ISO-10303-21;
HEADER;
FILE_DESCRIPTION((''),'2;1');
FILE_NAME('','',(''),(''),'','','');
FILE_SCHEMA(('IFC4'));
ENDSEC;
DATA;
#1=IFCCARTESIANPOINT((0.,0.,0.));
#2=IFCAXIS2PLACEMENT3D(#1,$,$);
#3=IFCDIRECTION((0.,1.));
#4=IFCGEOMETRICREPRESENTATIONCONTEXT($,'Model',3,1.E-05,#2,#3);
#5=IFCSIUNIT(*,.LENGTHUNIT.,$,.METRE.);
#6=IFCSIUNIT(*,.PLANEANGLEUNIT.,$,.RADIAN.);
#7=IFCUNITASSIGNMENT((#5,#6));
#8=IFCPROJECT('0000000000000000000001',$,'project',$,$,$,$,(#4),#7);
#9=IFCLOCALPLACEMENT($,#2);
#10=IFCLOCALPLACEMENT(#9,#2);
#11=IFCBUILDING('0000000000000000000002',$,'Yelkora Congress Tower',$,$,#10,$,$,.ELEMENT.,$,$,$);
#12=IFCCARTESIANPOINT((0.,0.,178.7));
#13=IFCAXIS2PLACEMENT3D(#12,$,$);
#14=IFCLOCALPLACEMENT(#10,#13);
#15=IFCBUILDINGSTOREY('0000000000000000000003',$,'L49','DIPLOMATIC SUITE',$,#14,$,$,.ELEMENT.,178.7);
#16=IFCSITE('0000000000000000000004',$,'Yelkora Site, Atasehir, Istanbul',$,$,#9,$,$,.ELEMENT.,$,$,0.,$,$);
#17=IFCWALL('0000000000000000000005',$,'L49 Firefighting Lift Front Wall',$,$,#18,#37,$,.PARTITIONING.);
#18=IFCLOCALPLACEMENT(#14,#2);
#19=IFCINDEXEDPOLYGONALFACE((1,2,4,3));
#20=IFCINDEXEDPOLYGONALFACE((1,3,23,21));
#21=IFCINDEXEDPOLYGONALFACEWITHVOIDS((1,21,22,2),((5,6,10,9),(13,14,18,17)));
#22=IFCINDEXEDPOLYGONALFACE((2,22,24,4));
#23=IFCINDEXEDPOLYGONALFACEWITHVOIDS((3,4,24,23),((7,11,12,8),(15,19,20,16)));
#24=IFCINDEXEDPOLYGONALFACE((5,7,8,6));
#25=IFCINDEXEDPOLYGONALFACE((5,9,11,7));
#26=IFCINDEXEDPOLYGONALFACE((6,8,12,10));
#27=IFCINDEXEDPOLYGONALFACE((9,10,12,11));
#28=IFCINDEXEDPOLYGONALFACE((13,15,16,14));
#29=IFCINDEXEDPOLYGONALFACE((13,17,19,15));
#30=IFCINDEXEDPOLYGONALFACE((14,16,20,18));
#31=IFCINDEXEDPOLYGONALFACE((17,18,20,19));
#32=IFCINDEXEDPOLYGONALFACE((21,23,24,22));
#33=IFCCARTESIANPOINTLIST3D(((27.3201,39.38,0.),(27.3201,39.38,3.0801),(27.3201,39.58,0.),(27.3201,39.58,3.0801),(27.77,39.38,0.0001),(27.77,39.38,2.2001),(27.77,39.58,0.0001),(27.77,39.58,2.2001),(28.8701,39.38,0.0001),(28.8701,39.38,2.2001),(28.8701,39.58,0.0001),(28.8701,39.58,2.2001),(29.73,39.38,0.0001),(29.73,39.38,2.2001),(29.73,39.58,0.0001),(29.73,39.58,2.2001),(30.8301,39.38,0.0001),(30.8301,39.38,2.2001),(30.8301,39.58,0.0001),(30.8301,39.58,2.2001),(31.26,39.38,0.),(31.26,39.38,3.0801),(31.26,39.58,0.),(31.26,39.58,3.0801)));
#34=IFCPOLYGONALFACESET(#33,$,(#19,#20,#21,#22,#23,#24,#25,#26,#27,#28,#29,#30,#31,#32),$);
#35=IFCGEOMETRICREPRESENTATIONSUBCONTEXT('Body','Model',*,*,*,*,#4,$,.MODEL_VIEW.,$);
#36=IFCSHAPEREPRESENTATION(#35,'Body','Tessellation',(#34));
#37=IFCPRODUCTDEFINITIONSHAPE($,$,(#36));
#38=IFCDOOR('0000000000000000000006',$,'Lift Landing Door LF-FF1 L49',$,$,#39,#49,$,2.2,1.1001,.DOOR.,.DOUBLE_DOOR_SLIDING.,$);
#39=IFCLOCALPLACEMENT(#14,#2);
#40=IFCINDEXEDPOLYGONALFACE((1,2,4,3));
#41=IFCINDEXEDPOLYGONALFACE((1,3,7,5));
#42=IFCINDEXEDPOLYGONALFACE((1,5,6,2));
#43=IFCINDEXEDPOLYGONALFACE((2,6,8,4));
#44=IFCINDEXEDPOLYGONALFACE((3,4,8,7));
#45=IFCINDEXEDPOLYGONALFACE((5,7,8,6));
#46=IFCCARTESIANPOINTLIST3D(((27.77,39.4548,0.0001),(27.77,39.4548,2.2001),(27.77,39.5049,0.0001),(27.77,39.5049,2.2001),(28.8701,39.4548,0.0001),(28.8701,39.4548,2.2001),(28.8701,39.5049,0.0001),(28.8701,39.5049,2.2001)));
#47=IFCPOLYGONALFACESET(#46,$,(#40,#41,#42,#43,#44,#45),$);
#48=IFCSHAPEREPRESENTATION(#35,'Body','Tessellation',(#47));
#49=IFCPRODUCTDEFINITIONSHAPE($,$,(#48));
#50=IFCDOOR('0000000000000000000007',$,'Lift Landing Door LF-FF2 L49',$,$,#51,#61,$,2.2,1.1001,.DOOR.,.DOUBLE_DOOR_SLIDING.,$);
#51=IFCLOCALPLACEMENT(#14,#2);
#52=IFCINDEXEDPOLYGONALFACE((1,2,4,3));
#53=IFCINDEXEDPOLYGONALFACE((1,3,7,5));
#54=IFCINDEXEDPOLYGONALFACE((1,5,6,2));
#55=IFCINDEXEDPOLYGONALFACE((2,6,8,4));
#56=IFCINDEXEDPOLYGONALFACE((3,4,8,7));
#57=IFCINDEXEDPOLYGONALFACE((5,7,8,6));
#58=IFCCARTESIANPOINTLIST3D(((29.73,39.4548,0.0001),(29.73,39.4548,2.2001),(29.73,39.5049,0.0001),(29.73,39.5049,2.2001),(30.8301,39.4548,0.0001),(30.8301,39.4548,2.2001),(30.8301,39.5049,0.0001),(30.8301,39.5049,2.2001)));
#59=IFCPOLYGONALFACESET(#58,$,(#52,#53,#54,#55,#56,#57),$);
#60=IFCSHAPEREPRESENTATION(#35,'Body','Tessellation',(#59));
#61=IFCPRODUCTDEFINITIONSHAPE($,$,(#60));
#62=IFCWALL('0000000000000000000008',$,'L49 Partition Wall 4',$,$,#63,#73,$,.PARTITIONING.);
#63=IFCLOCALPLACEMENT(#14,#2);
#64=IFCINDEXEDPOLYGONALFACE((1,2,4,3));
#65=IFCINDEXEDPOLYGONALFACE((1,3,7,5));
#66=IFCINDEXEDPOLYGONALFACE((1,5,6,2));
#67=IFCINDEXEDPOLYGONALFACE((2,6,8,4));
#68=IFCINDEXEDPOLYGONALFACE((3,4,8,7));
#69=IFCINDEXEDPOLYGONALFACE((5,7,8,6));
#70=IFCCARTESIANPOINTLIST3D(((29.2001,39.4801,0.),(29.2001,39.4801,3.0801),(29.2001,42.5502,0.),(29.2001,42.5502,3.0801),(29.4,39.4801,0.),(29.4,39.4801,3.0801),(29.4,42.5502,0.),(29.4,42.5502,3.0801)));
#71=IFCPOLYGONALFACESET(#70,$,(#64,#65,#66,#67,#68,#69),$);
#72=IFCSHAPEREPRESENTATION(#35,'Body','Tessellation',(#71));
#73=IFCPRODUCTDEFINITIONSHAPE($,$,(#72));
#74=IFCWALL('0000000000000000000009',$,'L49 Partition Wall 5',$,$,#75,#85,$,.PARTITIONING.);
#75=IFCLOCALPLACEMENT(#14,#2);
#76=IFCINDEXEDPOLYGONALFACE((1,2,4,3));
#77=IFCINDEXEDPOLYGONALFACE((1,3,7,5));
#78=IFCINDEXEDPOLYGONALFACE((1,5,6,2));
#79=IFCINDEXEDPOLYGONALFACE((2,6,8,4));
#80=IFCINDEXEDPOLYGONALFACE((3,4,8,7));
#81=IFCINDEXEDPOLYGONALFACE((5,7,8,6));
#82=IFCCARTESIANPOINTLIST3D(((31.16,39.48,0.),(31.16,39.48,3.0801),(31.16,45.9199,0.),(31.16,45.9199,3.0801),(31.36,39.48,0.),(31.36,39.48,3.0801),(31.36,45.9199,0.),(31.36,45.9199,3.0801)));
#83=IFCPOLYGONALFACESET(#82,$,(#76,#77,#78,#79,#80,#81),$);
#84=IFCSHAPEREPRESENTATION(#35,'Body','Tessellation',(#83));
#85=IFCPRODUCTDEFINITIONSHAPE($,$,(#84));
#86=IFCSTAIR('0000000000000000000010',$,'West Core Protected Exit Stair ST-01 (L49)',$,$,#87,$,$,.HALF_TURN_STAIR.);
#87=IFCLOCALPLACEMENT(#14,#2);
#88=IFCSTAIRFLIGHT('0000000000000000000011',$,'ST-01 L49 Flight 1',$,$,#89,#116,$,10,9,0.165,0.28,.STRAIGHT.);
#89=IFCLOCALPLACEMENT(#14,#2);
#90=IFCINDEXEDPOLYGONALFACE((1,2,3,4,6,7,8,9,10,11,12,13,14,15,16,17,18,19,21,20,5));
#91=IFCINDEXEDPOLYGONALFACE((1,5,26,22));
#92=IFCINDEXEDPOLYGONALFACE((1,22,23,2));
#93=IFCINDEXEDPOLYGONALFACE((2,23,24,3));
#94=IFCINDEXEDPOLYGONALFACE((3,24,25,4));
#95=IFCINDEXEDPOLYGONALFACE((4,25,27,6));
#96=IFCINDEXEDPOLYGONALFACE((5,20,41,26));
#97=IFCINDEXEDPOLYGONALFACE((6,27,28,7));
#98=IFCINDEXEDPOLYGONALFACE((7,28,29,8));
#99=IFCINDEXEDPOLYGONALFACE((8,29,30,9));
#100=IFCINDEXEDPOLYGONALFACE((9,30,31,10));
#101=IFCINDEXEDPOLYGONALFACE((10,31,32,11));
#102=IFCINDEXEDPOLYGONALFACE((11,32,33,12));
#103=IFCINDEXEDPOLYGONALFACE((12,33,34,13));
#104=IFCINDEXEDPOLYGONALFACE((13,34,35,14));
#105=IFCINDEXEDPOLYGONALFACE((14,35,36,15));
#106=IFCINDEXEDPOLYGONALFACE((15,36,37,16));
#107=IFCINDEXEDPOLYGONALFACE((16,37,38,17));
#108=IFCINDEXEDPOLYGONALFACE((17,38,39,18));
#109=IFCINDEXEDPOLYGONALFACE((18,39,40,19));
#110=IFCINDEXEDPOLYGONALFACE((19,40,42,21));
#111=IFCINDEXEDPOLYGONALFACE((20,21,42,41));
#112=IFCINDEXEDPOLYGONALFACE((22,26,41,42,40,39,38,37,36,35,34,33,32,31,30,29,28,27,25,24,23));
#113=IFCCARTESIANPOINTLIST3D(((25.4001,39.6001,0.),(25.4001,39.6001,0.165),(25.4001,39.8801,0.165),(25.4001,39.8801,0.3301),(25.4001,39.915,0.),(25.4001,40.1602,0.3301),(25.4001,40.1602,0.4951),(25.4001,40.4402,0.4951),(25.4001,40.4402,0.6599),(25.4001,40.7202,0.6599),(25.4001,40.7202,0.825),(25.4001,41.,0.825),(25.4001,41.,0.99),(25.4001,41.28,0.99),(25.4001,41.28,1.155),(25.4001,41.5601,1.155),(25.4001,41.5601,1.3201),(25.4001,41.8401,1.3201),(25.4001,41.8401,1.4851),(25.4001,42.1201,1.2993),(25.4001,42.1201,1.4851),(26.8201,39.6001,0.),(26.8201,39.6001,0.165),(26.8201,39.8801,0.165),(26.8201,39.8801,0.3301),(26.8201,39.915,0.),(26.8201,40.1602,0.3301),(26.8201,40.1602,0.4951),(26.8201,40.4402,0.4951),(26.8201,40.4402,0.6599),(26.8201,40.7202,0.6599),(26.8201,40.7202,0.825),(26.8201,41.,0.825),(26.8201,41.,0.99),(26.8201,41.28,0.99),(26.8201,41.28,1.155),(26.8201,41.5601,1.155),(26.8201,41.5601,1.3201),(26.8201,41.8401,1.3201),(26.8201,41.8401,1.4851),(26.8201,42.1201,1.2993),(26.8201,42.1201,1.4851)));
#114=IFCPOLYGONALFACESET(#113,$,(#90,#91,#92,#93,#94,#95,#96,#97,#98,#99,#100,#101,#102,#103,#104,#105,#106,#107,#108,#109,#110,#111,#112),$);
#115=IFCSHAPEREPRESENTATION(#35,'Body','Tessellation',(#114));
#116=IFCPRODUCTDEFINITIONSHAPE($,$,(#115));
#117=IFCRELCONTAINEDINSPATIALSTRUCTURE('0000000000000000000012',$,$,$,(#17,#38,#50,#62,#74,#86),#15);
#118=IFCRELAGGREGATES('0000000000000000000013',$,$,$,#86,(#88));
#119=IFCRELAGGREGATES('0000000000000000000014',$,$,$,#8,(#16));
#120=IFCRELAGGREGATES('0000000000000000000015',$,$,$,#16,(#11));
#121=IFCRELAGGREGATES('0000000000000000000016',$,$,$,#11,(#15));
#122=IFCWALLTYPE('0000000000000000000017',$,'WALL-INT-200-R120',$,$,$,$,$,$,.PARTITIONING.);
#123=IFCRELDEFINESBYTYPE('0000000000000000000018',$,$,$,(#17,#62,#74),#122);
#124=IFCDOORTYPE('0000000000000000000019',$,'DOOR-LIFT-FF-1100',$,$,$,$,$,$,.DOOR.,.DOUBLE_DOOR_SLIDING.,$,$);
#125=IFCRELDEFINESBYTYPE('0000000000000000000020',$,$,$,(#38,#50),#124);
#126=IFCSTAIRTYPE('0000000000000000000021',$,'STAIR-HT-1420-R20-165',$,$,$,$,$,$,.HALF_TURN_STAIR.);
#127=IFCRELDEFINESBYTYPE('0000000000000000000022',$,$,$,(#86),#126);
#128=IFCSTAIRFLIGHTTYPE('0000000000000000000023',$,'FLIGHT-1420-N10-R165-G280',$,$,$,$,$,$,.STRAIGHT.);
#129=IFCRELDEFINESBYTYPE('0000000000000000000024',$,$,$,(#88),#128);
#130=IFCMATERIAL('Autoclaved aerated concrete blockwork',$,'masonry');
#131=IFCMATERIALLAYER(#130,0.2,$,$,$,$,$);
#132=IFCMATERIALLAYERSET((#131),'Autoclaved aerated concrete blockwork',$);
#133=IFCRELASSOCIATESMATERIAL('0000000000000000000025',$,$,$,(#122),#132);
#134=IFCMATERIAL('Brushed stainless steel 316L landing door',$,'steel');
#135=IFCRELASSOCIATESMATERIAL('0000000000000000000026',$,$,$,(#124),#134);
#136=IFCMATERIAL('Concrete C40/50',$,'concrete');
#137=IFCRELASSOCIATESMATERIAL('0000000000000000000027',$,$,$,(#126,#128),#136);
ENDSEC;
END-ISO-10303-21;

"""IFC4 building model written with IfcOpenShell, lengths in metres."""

from ifc_helpers import new_model, si_unit, direction, frame, frame_2d, origin, place, context, subcontext, project, spatial, polyline, rectangle, outline, extrude, material, layer, layer_set, type_object, element, fill, aggregate, save


model = new_model("IFC4")

# Units and contexts
model_context = context("Model", 3, precision=1e-05, world=origin(), true_north=direction((0.0, 1.0)))
body_context = subcontext(model_context, "Body", "Model", "MODEL_VIEW")
ifc_project = project(units=[si_unit("LENGTHUNIT", "METRE"), si_unit("PLANEANGLEUNIT", "RADIAN")], contexts=[model_context])

# Site, building, storey
site_placement = place(None, origin())
site = spatial("IfcSite", under=ifc_project, at=site_placement, Name="Yelkora Site, Atasehir, Istanbul", CompositionType="ELEMENT", RefElevation=0.0)
building_placement = place(site_placement, origin())
building = spatial("IfcBuilding", under=site, at=building_placement, Name="Yelkora Congress Tower", CompositionType="ELEMENT")
storey_placement = place(building_placement, frame((0.0, 0.0, 178.7)))
storey = spatial("IfcBuildingStorey", under=building, at=storey_placement, Name="L49", Description="DIPLOMATIC SUITE", CompositionType="ELEMENT", Elevation=178.7)

# Shared definitions
ifc_material_1 = material(Name="Autoclaved aerated concrete blockwork", Category="masonry")
ifc_layer_1 = layer(ifc_material_1, 0.2)
ifc_layer_set_1 = layer_set([ifc_layer_1], Name="Autoclaved aerated concrete blockwork")
wall_type_1 = type_object("IfcWallType", Name="WALL-INT-200-R120", PredefinedType="PARTITIONING", material=ifc_layer_set_1)

# Wall, openings, doors
wall_1_placement = place(storey_placement, frame((27.3201, 39.48, 0.0), z_axis=(0.0, 0.0, 1.0), x_axis=(1.0, 0.0, 0.0)))
wall_1 = element("IfcWall", 1, at=wall_1_placement, inside=storey, type_object=wall_type_1, Name="L49 Firefighting Lift Front Wall", PredefinedType="PARTITIONING", context=body_context, shape_type="SweptSolid", body=[
    extrude(rectangle(XDim=3.9399, YDim=0.2, at=frame_2d((1.97, 0.0))), origin(), (0.0, 0.0, 1.0), 3.0801),
])
opening_1_placement = place(wall_1_placement, frame((0.45, 0.0, 0.0)))
opening_1 = element("IfcOpeningElement", 2, at=opening_1_placement, cuts=wall_1, PredefinedType="OPENING", context=body_context, shape_type="SweptSolid", body=[
    extrude(rectangle(XDim=1.1001, YDim=2.2, at=frame_2d((0.55, 1.1001))), frame((0.0, 0.1099, 0.0), z_axis=(0.0, -1.0, 0.0), x_axis=(1.0, 0.0, 0.0)), (0.0, 0.0, 1.0), 0.22),
])
opening_2_placement = place(wall_1_placement, frame((2.4099, 0.0, 0.0)))
opening_2 = element("IfcOpeningElement", 3, at=opening_2_placement, cuts=wall_1, PredefinedType="OPENING", context=body_context, shape_type="SweptSolid", body=[
    extrude(rectangle(XDim=1.1001, YDim=2.2, at=frame_2d((0.55, 1.1001))), frame((0.0, 0.1099, 0.0), z_axis=(0.0, -1.0, 0.0), x_axis=(1.0, 0.0, 0.0)), (0.0, 0.0, 1.0), 0.22),
])
ifc_material_2 = material(Name="Brushed stainless steel 316L landing door", Category="steel")
door_type_1 = type_object("IfcDoorType", Name="DOOR-LIFT-FF-1100", OperationType="DOUBLE_DOOR_SLIDING", PredefinedType="DOOR", material=ifc_material_2)
door_1_placement = place(opening_1_placement, origin())
door_1 = element("IfcDoor", 4, at=door_1_placement, inside=storey, type_object=door_type_1, Name="Lift Landing Door LF-FF1 L49", OperationType="DOUBLE_DOOR_SLIDING", OverallHeight=2.2, OverallWidth=1.1001, PredefinedType="DOOR", context=body_context, shape_type="SweptSolid", body=[
    extrude(rectangle(XDim=1.1001, YDim=2.2, at=frame_2d((0.55, 1.1001))), frame((0.0, 0.0249, 0.0), z_axis=(0.0, -1.0, 0.0), x_axis=(1.0, 0.0, 0.0)), (0.0, 0.0, 1.0), 0.05),
])
fill(opening_1, door_1)
door_2_placement = place(opening_2_placement, origin())
door_2 = element("IfcDoor", 5, at=door_2_placement, inside=storey, type_object=door_type_1, Name="Lift Landing Door LF-FF2 L49", OperationType="DOUBLE_DOOR_SLIDING", OverallHeight=2.2, OverallWidth=1.1001, PredefinedType="DOOR", context=body_context, shape_type="SweptSolid", body=[
    extrude(rectangle(XDim=1.1001, YDim=2.2, at=frame_2d((0.55, 1.1001))), frame((0.0, 0.0249, 0.0), z_axis=(0.0, -1.0, 0.0), x_axis=(1.0, 0.0, 0.0)), (0.0, 0.0, 1.0), 0.05),
])
fill(opening_2, door_2)

# Walls
wall_2_placement = place(storey_placement, frame((29.3, 39.48, 0.0), z_axis=(0.0, 0.0, 1.0), x_axis=(0.0, 1.0, 0.0)))
element("IfcWall", 6, at=wall_2_placement, inside=storey, type_object=wall_type_1, Name="L49 Partition Wall 4", PredefinedType="PARTITIONING", context=body_context, shape_type="SweptSolid", body=[
    extrude(rectangle(XDim=3.0701, YDim=0.2, at=frame_2d((1.5352, 0.0))), origin(), (0.0, 0.0, 1.0), 3.0801),
])
wall_3_placement = place(storey_placement, frame((31.26, 39.48, 0.0), z_axis=(0.0, 0.0, 1.0), x_axis=(0.0, 1.0, 0.0)))
element("IfcWall", 7, at=wall_3_placement, inside=storey, type_object=wall_type_1, Name="L49 Partition Wall 5", PredefinedType="PARTITIONING", context=body_context, shape_type="SweptSolid", body=[
    extrude(rectangle(XDim=6.4399, YDim=0.2, at=frame_2d((3.22, 0.0))), origin(), (0.0, 0.0, 1.0), 3.0801),
])

# Stair, stair flight
ifc_material_3 = material(Name="Concrete C40/50", Category="concrete")
stair_type = type_object("IfcStairType", Name="STAIR-HT-1420-R20-165", PredefinedType="HALF_TURN_STAIR", material=ifc_material_3)
stair_placement = place(storey_placement, origin())
stair = element("IfcStair", 8, at=stair_placement, inside=storey, type_object=stair_type, Name="West Core Protected Exit Stair ST-01 (L49)", PredefinedType="HALF_TURN_STAIR")
stair_flight_type = type_object("IfcStairFlightType", Name="FLIGHT-1420-N10-R165-G280", PredefinedType="STRAIGHT", material=ifc_material_3)
stair_flight_placement = place(storey_placement, frame((26.1101, 39.6001, 0.0), z_axis=(0.0, 0.0, 1.0), x_axis=(0.0, 1.0, 0.0)))
stair_flight = element("IfcStairFlight", 9, at=stair_flight_placement, type_object=stair_flight_type, Name="ST-01 L49 Flight 1", NumberOfRisers=10, NumberOfTreads=9, PredefinedType="STRAIGHT", RiserHeight=0.165, TreadLength=0.28, context=body_context, shape_type="SweptSolid", body=[
    extrude(outline(polyline([(0.0, 0.0), (0.0, 0.165), (0.28, 0.165), (0.28, 0.3301), (0.5601, 0.3301), (0.5601, 0.4951), (0.8401, 0.4951), (0.8401, 0.6599), (1.1201, 0.6599), (1.1201, 0.825), (1.3999, 0.825), (1.3999, 0.99), (1.6799, 0.99), (1.6799, 1.155), (1.96, 1.155), (1.96, 1.3201), (2.24, 1.3201), (2.24, 1.4851), (2.52, 1.4851), (2.52, 1.6499), (2.52, 1.2993), (0.3149, 0.0), (0.0, 0.0)])), frame((0.0, 0.71, 0.0), z_axis=(0.0, -1.0, 0.0), x_axis=(1.0, 0.0, 0.0)), (0.0, 0.0, 1.0), 1.4199),
])
aggregate(stair, [stair_flight])

save(model, "model.ifc")
